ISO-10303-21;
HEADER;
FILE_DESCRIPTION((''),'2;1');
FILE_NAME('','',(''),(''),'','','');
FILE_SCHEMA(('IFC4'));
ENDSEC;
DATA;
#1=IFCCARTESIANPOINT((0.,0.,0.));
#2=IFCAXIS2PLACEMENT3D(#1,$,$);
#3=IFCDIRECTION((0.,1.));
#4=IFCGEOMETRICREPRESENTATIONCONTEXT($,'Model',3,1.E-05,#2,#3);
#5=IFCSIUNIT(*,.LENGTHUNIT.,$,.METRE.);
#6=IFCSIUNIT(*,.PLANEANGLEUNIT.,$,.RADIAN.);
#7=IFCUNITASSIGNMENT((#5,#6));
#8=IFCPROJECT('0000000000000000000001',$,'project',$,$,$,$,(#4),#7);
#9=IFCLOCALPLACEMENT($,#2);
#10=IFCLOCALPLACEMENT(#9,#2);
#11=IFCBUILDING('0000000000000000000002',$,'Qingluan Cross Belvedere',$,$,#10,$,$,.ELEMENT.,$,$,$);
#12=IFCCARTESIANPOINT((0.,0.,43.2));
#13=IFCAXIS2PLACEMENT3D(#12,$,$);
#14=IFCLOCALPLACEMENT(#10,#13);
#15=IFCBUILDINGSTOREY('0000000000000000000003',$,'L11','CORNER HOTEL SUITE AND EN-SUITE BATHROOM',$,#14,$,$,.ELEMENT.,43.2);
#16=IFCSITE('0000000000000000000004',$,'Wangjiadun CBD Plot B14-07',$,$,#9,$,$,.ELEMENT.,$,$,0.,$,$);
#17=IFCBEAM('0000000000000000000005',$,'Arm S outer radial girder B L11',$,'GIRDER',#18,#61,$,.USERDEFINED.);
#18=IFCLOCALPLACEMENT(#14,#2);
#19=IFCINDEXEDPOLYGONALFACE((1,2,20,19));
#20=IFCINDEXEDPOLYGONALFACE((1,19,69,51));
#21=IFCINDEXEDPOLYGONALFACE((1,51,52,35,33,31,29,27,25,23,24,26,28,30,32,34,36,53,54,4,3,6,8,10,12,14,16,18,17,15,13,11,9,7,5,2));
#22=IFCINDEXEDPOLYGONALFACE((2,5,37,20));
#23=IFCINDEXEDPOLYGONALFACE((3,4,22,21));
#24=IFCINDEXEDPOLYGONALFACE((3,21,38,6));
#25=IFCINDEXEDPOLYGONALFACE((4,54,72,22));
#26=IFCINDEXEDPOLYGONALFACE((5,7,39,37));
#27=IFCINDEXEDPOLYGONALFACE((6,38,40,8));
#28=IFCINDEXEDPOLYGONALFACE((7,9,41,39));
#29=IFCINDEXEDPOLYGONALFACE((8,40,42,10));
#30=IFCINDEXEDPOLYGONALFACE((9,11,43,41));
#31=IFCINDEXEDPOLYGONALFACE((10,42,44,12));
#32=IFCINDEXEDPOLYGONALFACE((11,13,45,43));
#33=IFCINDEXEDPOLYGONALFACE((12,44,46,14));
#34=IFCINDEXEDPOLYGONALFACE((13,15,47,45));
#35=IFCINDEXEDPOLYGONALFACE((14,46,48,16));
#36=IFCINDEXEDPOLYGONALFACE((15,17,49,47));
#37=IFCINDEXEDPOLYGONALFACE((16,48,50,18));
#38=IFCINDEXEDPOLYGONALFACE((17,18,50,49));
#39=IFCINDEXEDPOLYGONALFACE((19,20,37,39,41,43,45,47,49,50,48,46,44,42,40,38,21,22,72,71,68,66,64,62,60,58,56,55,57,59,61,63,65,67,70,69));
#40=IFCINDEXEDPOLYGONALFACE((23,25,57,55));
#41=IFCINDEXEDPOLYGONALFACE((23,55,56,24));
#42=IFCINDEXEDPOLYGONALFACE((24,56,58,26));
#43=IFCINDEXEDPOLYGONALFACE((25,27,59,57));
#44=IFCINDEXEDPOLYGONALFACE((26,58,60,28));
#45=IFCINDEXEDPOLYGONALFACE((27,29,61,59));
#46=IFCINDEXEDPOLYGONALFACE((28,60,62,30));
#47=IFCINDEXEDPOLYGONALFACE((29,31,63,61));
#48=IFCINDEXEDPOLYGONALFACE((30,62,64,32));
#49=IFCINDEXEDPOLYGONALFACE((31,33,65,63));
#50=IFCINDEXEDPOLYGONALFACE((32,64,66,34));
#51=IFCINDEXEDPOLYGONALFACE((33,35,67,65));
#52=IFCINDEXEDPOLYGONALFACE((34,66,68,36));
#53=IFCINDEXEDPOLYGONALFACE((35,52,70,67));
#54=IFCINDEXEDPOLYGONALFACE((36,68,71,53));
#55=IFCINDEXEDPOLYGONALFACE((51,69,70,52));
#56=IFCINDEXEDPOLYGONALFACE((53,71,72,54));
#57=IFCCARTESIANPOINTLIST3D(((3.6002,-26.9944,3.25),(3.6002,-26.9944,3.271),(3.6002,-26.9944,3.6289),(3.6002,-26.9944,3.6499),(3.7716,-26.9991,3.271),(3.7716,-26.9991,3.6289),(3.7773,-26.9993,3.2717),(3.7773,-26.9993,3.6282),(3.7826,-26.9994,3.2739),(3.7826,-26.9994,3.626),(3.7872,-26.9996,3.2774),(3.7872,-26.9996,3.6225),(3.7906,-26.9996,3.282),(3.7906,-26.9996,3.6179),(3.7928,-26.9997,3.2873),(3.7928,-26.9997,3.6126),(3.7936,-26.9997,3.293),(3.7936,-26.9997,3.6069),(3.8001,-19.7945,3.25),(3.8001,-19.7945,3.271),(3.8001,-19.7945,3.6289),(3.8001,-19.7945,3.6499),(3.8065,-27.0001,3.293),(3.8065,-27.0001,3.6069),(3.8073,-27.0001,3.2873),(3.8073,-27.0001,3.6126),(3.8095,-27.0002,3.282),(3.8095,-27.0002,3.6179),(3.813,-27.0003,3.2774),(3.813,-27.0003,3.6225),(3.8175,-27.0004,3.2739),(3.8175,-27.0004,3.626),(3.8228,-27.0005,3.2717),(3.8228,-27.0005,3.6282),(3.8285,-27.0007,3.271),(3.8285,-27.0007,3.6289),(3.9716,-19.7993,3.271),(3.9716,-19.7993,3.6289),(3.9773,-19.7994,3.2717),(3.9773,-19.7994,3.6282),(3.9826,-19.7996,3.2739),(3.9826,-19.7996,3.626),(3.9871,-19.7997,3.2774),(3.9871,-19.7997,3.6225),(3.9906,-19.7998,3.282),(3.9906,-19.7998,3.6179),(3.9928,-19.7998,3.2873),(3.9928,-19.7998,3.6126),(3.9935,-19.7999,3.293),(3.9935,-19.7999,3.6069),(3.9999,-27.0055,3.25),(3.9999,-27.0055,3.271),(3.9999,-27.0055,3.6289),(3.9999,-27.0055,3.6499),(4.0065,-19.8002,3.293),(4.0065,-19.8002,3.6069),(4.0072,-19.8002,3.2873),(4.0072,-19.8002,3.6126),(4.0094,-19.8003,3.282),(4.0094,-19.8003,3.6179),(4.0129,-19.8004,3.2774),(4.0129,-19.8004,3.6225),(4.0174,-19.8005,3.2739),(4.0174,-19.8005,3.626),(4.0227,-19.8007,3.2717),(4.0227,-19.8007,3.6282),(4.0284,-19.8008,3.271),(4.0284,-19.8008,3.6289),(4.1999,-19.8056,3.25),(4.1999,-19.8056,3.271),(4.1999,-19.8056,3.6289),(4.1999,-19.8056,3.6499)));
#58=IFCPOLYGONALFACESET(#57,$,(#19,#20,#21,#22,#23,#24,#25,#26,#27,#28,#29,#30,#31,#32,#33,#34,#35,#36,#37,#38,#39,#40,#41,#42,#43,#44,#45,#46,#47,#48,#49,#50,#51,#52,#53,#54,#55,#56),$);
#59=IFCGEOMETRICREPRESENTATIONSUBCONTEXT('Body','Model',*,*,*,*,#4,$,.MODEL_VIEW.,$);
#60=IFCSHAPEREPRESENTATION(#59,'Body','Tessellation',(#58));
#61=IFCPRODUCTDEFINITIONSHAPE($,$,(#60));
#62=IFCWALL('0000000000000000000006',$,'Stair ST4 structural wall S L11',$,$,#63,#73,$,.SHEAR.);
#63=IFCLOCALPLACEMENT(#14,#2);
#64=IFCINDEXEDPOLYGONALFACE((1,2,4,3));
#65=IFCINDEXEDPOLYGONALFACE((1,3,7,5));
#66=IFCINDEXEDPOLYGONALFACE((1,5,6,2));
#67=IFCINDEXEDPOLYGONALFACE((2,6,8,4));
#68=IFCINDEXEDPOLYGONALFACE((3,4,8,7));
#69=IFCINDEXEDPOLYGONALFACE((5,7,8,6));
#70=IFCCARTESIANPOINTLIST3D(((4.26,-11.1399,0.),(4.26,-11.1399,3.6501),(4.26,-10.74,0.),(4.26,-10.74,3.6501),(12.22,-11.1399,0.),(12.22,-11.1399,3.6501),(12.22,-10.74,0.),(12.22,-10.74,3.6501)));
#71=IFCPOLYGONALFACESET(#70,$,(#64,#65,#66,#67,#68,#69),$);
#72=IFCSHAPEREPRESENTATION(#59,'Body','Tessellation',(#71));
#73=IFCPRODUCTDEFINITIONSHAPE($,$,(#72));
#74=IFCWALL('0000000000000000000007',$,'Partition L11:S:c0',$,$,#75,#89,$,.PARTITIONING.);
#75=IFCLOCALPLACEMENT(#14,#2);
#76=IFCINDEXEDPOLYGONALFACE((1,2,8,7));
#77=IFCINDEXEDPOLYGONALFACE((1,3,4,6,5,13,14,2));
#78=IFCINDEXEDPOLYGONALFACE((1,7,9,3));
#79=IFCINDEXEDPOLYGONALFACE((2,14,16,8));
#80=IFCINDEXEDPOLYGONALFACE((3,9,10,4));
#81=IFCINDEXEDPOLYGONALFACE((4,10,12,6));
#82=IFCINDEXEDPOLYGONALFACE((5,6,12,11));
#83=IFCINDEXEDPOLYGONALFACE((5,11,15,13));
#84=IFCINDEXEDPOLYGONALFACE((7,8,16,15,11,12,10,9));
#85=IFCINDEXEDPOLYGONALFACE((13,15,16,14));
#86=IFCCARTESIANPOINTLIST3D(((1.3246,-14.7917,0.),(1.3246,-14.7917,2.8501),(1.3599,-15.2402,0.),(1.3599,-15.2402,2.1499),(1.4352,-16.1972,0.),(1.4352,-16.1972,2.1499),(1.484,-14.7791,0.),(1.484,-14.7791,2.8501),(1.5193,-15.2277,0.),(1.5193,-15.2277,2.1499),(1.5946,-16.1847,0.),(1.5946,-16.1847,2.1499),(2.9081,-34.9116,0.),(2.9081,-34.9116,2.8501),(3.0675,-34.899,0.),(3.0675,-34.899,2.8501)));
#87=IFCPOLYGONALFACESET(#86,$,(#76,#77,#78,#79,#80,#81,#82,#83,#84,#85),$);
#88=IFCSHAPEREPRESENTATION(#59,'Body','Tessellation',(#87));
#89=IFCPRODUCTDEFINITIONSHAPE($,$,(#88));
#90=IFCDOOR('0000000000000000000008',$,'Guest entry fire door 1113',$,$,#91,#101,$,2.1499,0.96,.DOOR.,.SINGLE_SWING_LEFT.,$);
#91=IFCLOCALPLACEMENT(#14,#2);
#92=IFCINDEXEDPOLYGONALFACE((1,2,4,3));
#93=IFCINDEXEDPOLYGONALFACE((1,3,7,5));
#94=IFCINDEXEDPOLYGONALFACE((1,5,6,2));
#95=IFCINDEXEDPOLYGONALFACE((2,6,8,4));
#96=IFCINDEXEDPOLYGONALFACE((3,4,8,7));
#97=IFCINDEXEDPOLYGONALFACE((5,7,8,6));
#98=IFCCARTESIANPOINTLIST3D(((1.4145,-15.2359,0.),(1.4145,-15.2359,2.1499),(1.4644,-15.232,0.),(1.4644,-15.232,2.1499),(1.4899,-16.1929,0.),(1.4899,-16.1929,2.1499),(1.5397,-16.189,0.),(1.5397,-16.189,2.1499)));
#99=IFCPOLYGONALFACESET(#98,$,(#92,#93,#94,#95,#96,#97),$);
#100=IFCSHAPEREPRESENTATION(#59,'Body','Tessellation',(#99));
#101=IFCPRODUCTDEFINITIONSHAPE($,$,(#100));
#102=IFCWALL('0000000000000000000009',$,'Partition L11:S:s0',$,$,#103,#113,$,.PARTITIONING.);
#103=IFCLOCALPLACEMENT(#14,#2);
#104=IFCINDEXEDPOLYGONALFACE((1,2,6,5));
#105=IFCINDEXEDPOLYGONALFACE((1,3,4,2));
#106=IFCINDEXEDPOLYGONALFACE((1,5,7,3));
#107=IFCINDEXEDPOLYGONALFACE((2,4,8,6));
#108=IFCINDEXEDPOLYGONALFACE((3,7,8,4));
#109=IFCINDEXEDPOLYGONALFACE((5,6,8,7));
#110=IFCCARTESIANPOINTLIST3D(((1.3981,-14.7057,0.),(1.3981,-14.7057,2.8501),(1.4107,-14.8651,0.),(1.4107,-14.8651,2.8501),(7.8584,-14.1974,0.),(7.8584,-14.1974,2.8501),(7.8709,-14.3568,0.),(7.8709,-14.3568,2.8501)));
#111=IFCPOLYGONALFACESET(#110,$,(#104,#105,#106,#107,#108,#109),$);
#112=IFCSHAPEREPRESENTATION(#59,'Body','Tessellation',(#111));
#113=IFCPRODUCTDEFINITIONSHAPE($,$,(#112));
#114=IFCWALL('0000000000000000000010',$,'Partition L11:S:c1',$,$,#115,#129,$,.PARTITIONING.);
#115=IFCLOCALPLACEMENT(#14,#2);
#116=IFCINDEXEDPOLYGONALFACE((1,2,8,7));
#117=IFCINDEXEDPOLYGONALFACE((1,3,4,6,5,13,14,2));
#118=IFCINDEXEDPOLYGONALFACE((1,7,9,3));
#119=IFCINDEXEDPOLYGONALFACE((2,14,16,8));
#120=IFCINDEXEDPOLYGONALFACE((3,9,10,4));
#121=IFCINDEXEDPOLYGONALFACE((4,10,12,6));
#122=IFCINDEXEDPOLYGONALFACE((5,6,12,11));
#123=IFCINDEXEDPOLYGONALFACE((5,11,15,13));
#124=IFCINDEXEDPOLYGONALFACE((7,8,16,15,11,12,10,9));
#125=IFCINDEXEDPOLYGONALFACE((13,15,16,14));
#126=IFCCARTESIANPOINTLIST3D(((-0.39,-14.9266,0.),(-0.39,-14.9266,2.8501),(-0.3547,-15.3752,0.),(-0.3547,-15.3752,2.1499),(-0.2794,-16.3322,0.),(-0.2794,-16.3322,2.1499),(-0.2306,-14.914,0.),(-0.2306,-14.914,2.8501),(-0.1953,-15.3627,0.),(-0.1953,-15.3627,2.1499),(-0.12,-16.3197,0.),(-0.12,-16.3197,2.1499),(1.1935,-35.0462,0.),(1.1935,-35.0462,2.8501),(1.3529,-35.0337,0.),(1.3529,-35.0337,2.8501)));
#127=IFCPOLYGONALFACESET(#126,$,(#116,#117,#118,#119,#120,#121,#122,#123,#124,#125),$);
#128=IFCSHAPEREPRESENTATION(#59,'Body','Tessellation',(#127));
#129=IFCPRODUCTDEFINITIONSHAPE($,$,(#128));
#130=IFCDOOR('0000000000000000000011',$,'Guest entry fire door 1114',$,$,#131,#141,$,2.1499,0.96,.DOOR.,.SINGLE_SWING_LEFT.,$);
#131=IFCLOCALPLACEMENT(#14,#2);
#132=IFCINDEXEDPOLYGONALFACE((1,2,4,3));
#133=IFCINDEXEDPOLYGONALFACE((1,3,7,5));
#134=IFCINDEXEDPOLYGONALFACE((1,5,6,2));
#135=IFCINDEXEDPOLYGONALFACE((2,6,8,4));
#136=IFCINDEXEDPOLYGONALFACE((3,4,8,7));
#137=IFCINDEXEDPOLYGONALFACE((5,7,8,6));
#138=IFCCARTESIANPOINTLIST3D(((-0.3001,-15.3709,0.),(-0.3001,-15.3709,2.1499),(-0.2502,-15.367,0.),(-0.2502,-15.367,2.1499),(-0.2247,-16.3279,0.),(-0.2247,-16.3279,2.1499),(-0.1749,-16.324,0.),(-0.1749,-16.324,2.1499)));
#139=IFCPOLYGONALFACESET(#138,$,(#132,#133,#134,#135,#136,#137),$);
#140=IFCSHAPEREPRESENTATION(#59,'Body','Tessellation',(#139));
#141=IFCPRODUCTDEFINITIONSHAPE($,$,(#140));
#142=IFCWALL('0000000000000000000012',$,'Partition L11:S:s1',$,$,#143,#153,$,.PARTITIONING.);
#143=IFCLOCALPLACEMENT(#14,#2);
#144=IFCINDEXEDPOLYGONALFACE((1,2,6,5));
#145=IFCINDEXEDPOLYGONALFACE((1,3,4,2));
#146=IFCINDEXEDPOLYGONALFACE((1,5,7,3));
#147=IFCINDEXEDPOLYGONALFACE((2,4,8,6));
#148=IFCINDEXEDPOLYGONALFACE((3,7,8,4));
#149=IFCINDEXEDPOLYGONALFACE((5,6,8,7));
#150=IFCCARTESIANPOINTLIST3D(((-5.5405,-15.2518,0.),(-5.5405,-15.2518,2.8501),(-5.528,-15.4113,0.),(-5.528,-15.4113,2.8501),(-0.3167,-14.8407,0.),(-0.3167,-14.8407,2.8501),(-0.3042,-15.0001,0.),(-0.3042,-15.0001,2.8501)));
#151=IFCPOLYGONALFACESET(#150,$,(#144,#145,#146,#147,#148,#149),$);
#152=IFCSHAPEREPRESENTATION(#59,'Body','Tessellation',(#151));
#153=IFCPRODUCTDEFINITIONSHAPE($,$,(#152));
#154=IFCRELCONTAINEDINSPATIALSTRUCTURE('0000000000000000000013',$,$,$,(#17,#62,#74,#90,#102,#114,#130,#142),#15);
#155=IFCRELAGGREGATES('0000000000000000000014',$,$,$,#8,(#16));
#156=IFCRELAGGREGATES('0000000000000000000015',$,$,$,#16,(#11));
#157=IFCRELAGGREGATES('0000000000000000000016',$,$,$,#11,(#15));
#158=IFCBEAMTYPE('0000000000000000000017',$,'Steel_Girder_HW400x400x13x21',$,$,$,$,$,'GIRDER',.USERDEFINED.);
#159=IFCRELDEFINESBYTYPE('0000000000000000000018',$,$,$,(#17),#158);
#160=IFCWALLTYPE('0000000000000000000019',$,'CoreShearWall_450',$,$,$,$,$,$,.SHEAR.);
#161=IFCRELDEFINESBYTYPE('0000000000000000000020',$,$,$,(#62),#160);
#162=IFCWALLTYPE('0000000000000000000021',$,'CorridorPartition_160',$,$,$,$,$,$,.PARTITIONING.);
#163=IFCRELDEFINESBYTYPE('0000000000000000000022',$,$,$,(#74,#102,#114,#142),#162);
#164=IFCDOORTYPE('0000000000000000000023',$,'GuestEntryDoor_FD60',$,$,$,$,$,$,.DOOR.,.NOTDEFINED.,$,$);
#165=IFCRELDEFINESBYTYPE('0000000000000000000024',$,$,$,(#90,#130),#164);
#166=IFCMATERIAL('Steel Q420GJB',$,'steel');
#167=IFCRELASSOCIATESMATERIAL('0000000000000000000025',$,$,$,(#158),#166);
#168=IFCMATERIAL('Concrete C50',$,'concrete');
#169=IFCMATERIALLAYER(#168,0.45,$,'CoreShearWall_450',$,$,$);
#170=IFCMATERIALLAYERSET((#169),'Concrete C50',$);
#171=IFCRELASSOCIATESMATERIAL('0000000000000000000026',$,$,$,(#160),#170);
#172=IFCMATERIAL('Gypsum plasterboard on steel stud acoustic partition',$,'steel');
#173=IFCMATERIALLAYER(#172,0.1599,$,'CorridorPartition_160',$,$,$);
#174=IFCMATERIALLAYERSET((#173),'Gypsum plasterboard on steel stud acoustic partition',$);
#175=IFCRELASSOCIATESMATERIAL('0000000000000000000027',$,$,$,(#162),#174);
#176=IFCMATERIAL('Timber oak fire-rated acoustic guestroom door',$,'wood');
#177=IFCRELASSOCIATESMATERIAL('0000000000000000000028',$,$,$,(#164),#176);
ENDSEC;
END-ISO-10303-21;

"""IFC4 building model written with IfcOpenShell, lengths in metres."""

from ifc_helpers import new_model, si_unit, direction, frame, frame_2d, origin, origin_2d, place, context, subcontext, project, spatial, rectangle, i_section, extrude, material, layer, layer_set, material_profile, profile_set, type_object, element, fill, save


model = new_model("IFC4")

# Units and contexts
model_context = context("Model", 3, precision=1e-05, world=origin(), true_north=direction((0.0, 1.0)))
body_context = subcontext(model_context, "Body", "Model", "MODEL_VIEW")
ifc_project = project(units=[si_unit("LENGTHUNIT", "METRE"), si_unit("PLANEANGLEUNIT", "RADIAN")], contexts=[model_context])

# Site, building, storey
site_placement = place(None, origin())
site = spatial("IfcSite", under=ifc_project, at=site_placement, Name="Wangjiadun CBD Plot B14-07", CompositionType="ELEMENT", RefElevation=0.0)
building_placement = place(site_placement, origin())
building = spatial("IfcBuilding", under=site, at=building_placement, Name="Qingluan Cross Belvedere", CompositionType="ELEMENT")
storey_placement = place(building_placement, frame((0.0, 0.0, 43.2)))
storey = spatial("IfcBuildingStorey", under=building, at=storey_placement, Name="L11", Description="CORNER HOTEL SUITE AND EN-SUITE BATHROOM", CompositionType="ELEMENT", Elevation=43.2)

# Beam
ifc_material_1 = material(Name="Steel Q420GJB", Category="steel")
ifc_material_profile_1 = material_profile(ifc_material_1, i_section(OverallWidth=0.3999, OverallDepth=0.3999, WebThickness=0.0129, FlangeThickness=0.021, FilletRadius=0.022, at=origin_2d()), Name="HW400x400x13x21")
ifc_profile_set_1 = profile_set([ifc_material_profile_1], Name="Steel Q420GJB")
beam_type = type_object("IfcBeamType", Name="Steel_Girder_HW400x400x13x21", ElementType="GIRDER", PredefinedType="USERDEFINED", material=ifc_profile_set_1)
beam_1_placement = place(storey_placement, frame((4.0, -19.8, 3.45), z_axis=(-0.02776, -0.999615, 0.0), x_axis=(0.999615, -0.02776, 0.0)))
element("IfcBeam", 1, at=beam_1_placement, inside=storey, type_object=beam_type, Name="Arm S outer radial girder B L11", ObjectType="GIRDER", PredefinedType="USERDEFINED", context=body_context, shape_type="SweptSolid", body=[
    extrude(i_section(OverallWidth=0.3999, OverallDepth=0.3999, WebThickness=0.0129, FlangeThickness=0.021, FilletRadius=0.022, at=origin_2d()), origin(), (0.0, 0.0, 1.0), 7.2026),
])

# Wall
ifc_material_2 = material(Name="Concrete C50", Category="concrete")
ifc_layer_1 = layer(ifc_material_2, 0.45, Name="CoreShearWall_450")
ifc_layer_set_1 = layer_set([ifc_layer_1], Name="Concrete C50")
wall_type_1 = type_object("IfcWallType", Name="CoreShearWall_450", PredefinedType="SHEAR", material=ifc_layer_set_1)
wall_1_placement = place(storey_placement, frame((4.26, -10.9399, 0.0), z_axis=(0.0, 0.0, 1.0), x_axis=(1.0, 0.0, 0.0)))
element("IfcWall", 2, at=wall_1_placement, inside=storey, type_object=wall_type_1, Name="Stair ST4 structural wall S L11", PredefinedType="SHEAR", context=body_context, shape_type="SweptSolid", body=[
    extrude(rectangle(XDim=7.96, YDim=0.3999, at=frame_2d((3.98, 0.0))), origin(), (0.0, 0.0, 1.0), 3.6501),
])

# Wall, opening, door
ifc_material_3 = material(Name="Gypsum plasterboard on steel stud acoustic partition", Category="steel")
ifc_layer_2 = layer(ifc_material_3, 0.1599, Name="CorridorPartition_160")
ifc_layer_set_2 = layer_set([ifc_layer_2], Name="Gypsum plasterboard on steel stud acoustic partition")
wall_type_2 = type_object("IfcWallType", Name="CorridorPartition_160", PredefinedType="PARTITIONING", material=ifc_layer_set_2)
wall_2_placement = place(storey_placement, frame((1.4043, -14.7854, 0.0), z_axis=(0.0, 0.0, 1.0), x_axis=(0.07846, -0.996917, 0.0)))
wall_2 = element("IfcWall", 3, at=wall_2_placement, inside=storey, type_object=wall_type_2, Name="Partition L11:S:c0", PredefinedType="PARTITIONING", context=body_context, shape_type="SweptSolid", body=[
    extrude(rectangle(XDim=20.1821, YDim=0.1599, at=frame_2d((10.0911, 0.0))), origin(), (0.0, 0.0, 1.0), 2.8501),
])
opening_1_placement = place(wall_2_placement, frame((0.45, 0.0, 0.0)))
opening_1 = element("IfcOpeningElement", 4, at=opening_1_placement, cuts=wall_2, PredefinedType="OPENING", context=body_context, shape_type="SweptSolid", body=[
    extrude(rectangle(XDim=0.96, YDim=2.1499, at=frame_2d((0.48, 1.075))), frame((0.0, 0.0898, 0.0), z_axis=(0.0, -1.0, 0.0), x_axis=(1.0, 0.0, 0.0)), (0.0, 0.0, 1.0), 0.1799),
])
ifc_material_4 = material(Name="Timber oak fire-rated acoustic guestroom door", Category="wood")
door_type_1 = type_object("IfcDoorType", Name="GuestEntryDoor_FD60", OperationType="NOTDEFINED", PredefinedType="DOOR", material=ifc_material_4)
door_1_placement = place(opening_1_placement, origin())
door_1 = element("IfcDoor", 5, at=door_1_placement, inside=storey, type_object=door_type_1, Name="Guest entry fire door 1113", OperationType="SINGLE_SWING_LEFT", OverallHeight=2.1499, OverallWidth=0.96, PredefinedType="DOOR", context=body_context, shape_type="SweptSolid", body=[
    extrude(rectangle(XDim=0.96, YDim=2.1499, at=frame_2d((0.48, 1.075))), frame((0.0, 0.0249, 0.0), z_axis=(0.0, -1.0, 0.0), x_axis=(1.0, 0.0, 0.0)), (0.0, 0.0, 1.0), 0.05),
])
fill(opening_1, door_1)

# Wall
wall_3_placement = place(storey_placement, frame((1.4043, -14.7854, 0.0), z_axis=(0.0, 0.0, 1.0), x_axis=(0.996919, 0.078439, 0.0)))
element("IfcWall", 6, at=wall_3_placement, inside=storey, type_object=wall_type_2, Name="Partition L11:S:s0", PredefinedType="PARTITIONING", context=body_context, shape_type="SweptSolid", body=[
    extrude(rectangle(XDim=6.4802, YDim=0.1599, at=frame_2d((3.2402, 0.0))), origin(), (0.0, 0.0, 1.0), 2.8501),
])

# Wall, opening, door
wall_4_placement = place(storey_placement, frame((-0.3103, -14.9204, 0.0), z_axis=(0.0, 0.0, 1.0), x_axis=(0.078461, -0.996917, 0.0)))
wall_4 = element("IfcWall", 7, at=wall_4_placement, inside=storey, type_object=wall_type_2, Name="Partition L11:S:c1", PredefinedType="PARTITIONING", context=body_context, shape_type="SweptSolid", body=[
    extrude(rectangle(XDim=20.1819, YDim=0.1599, at=frame_2d((10.0908, 0.0))), origin(), (0.0, 0.0, 1.0), 2.8501),
])
opening_2_placement = place(wall_4_placement, frame((0.45, 0.0, 0.0)))
opening_2 = element("IfcOpeningElement", 8, at=opening_2_placement, cuts=wall_4, PredefinedType="OPENING", context=body_context, shape_type="SweptSolid", body=[
    extrude(rectangle(XDim=0.96, YDim=2.1499, at=frame_2d((0.48, 1.075))), frame((0.0, 0.0898, 0.0), z_axis=(0.0, -1.0, 0.0), x_axis=(1.0, 0.0, 0.0)), (0.0, 0.0, 1.0), 0.1799),
])
door_2_placement = place(opening_2_placement, origin())
door_2 = element("IfcDoor", 9, at=door_2_placement, inside=storey, type_object=door_type_1, Name="Guest entry fire door 1114", OperationType="SINGLE_SWING_LEFT", OverallHeight=2.1499, OverallWidth=0.96, PredefinedType="DOOR", context=body_context, shape_type="SweptSolid", body=[
    extrude(rectangle(XDim=0.96, YDim=2.1499, at=frame_2d((0.48, 1.075))), frame((0.0, 0.0249, 0.0), z_axis=(0.0, -1.0, 0.0), x_axis=(1.0, 0.0, 0.0)), (0.0, 0.0, 1.0), 0.05),
])
fill(opening_2, door_2)

# Wall
wall_5_placement = place(storey_placement, frame((-0.3103, -14.9204, 0.0), z_axis=(0.0, 0.0, 1.0), x_axis=(-0.996917, -0.07846, 0.0)))
element("IfcWall", 10, at=wall_5_placement, inside=storey, type_object=wall_type_2, Name="Partition L11:S:s1", PredefinedType="PARTITIONING", context=body_context, shape_type="SweptSolid", body=[
    extrude(rectangle(XDim=5.24, YDim=0.1599, at=frame_2d((2.6201, 0.0))), origin(), (0.0, 0.0, 1.0), 2.8501),
])

save(model, "model.ifc")
